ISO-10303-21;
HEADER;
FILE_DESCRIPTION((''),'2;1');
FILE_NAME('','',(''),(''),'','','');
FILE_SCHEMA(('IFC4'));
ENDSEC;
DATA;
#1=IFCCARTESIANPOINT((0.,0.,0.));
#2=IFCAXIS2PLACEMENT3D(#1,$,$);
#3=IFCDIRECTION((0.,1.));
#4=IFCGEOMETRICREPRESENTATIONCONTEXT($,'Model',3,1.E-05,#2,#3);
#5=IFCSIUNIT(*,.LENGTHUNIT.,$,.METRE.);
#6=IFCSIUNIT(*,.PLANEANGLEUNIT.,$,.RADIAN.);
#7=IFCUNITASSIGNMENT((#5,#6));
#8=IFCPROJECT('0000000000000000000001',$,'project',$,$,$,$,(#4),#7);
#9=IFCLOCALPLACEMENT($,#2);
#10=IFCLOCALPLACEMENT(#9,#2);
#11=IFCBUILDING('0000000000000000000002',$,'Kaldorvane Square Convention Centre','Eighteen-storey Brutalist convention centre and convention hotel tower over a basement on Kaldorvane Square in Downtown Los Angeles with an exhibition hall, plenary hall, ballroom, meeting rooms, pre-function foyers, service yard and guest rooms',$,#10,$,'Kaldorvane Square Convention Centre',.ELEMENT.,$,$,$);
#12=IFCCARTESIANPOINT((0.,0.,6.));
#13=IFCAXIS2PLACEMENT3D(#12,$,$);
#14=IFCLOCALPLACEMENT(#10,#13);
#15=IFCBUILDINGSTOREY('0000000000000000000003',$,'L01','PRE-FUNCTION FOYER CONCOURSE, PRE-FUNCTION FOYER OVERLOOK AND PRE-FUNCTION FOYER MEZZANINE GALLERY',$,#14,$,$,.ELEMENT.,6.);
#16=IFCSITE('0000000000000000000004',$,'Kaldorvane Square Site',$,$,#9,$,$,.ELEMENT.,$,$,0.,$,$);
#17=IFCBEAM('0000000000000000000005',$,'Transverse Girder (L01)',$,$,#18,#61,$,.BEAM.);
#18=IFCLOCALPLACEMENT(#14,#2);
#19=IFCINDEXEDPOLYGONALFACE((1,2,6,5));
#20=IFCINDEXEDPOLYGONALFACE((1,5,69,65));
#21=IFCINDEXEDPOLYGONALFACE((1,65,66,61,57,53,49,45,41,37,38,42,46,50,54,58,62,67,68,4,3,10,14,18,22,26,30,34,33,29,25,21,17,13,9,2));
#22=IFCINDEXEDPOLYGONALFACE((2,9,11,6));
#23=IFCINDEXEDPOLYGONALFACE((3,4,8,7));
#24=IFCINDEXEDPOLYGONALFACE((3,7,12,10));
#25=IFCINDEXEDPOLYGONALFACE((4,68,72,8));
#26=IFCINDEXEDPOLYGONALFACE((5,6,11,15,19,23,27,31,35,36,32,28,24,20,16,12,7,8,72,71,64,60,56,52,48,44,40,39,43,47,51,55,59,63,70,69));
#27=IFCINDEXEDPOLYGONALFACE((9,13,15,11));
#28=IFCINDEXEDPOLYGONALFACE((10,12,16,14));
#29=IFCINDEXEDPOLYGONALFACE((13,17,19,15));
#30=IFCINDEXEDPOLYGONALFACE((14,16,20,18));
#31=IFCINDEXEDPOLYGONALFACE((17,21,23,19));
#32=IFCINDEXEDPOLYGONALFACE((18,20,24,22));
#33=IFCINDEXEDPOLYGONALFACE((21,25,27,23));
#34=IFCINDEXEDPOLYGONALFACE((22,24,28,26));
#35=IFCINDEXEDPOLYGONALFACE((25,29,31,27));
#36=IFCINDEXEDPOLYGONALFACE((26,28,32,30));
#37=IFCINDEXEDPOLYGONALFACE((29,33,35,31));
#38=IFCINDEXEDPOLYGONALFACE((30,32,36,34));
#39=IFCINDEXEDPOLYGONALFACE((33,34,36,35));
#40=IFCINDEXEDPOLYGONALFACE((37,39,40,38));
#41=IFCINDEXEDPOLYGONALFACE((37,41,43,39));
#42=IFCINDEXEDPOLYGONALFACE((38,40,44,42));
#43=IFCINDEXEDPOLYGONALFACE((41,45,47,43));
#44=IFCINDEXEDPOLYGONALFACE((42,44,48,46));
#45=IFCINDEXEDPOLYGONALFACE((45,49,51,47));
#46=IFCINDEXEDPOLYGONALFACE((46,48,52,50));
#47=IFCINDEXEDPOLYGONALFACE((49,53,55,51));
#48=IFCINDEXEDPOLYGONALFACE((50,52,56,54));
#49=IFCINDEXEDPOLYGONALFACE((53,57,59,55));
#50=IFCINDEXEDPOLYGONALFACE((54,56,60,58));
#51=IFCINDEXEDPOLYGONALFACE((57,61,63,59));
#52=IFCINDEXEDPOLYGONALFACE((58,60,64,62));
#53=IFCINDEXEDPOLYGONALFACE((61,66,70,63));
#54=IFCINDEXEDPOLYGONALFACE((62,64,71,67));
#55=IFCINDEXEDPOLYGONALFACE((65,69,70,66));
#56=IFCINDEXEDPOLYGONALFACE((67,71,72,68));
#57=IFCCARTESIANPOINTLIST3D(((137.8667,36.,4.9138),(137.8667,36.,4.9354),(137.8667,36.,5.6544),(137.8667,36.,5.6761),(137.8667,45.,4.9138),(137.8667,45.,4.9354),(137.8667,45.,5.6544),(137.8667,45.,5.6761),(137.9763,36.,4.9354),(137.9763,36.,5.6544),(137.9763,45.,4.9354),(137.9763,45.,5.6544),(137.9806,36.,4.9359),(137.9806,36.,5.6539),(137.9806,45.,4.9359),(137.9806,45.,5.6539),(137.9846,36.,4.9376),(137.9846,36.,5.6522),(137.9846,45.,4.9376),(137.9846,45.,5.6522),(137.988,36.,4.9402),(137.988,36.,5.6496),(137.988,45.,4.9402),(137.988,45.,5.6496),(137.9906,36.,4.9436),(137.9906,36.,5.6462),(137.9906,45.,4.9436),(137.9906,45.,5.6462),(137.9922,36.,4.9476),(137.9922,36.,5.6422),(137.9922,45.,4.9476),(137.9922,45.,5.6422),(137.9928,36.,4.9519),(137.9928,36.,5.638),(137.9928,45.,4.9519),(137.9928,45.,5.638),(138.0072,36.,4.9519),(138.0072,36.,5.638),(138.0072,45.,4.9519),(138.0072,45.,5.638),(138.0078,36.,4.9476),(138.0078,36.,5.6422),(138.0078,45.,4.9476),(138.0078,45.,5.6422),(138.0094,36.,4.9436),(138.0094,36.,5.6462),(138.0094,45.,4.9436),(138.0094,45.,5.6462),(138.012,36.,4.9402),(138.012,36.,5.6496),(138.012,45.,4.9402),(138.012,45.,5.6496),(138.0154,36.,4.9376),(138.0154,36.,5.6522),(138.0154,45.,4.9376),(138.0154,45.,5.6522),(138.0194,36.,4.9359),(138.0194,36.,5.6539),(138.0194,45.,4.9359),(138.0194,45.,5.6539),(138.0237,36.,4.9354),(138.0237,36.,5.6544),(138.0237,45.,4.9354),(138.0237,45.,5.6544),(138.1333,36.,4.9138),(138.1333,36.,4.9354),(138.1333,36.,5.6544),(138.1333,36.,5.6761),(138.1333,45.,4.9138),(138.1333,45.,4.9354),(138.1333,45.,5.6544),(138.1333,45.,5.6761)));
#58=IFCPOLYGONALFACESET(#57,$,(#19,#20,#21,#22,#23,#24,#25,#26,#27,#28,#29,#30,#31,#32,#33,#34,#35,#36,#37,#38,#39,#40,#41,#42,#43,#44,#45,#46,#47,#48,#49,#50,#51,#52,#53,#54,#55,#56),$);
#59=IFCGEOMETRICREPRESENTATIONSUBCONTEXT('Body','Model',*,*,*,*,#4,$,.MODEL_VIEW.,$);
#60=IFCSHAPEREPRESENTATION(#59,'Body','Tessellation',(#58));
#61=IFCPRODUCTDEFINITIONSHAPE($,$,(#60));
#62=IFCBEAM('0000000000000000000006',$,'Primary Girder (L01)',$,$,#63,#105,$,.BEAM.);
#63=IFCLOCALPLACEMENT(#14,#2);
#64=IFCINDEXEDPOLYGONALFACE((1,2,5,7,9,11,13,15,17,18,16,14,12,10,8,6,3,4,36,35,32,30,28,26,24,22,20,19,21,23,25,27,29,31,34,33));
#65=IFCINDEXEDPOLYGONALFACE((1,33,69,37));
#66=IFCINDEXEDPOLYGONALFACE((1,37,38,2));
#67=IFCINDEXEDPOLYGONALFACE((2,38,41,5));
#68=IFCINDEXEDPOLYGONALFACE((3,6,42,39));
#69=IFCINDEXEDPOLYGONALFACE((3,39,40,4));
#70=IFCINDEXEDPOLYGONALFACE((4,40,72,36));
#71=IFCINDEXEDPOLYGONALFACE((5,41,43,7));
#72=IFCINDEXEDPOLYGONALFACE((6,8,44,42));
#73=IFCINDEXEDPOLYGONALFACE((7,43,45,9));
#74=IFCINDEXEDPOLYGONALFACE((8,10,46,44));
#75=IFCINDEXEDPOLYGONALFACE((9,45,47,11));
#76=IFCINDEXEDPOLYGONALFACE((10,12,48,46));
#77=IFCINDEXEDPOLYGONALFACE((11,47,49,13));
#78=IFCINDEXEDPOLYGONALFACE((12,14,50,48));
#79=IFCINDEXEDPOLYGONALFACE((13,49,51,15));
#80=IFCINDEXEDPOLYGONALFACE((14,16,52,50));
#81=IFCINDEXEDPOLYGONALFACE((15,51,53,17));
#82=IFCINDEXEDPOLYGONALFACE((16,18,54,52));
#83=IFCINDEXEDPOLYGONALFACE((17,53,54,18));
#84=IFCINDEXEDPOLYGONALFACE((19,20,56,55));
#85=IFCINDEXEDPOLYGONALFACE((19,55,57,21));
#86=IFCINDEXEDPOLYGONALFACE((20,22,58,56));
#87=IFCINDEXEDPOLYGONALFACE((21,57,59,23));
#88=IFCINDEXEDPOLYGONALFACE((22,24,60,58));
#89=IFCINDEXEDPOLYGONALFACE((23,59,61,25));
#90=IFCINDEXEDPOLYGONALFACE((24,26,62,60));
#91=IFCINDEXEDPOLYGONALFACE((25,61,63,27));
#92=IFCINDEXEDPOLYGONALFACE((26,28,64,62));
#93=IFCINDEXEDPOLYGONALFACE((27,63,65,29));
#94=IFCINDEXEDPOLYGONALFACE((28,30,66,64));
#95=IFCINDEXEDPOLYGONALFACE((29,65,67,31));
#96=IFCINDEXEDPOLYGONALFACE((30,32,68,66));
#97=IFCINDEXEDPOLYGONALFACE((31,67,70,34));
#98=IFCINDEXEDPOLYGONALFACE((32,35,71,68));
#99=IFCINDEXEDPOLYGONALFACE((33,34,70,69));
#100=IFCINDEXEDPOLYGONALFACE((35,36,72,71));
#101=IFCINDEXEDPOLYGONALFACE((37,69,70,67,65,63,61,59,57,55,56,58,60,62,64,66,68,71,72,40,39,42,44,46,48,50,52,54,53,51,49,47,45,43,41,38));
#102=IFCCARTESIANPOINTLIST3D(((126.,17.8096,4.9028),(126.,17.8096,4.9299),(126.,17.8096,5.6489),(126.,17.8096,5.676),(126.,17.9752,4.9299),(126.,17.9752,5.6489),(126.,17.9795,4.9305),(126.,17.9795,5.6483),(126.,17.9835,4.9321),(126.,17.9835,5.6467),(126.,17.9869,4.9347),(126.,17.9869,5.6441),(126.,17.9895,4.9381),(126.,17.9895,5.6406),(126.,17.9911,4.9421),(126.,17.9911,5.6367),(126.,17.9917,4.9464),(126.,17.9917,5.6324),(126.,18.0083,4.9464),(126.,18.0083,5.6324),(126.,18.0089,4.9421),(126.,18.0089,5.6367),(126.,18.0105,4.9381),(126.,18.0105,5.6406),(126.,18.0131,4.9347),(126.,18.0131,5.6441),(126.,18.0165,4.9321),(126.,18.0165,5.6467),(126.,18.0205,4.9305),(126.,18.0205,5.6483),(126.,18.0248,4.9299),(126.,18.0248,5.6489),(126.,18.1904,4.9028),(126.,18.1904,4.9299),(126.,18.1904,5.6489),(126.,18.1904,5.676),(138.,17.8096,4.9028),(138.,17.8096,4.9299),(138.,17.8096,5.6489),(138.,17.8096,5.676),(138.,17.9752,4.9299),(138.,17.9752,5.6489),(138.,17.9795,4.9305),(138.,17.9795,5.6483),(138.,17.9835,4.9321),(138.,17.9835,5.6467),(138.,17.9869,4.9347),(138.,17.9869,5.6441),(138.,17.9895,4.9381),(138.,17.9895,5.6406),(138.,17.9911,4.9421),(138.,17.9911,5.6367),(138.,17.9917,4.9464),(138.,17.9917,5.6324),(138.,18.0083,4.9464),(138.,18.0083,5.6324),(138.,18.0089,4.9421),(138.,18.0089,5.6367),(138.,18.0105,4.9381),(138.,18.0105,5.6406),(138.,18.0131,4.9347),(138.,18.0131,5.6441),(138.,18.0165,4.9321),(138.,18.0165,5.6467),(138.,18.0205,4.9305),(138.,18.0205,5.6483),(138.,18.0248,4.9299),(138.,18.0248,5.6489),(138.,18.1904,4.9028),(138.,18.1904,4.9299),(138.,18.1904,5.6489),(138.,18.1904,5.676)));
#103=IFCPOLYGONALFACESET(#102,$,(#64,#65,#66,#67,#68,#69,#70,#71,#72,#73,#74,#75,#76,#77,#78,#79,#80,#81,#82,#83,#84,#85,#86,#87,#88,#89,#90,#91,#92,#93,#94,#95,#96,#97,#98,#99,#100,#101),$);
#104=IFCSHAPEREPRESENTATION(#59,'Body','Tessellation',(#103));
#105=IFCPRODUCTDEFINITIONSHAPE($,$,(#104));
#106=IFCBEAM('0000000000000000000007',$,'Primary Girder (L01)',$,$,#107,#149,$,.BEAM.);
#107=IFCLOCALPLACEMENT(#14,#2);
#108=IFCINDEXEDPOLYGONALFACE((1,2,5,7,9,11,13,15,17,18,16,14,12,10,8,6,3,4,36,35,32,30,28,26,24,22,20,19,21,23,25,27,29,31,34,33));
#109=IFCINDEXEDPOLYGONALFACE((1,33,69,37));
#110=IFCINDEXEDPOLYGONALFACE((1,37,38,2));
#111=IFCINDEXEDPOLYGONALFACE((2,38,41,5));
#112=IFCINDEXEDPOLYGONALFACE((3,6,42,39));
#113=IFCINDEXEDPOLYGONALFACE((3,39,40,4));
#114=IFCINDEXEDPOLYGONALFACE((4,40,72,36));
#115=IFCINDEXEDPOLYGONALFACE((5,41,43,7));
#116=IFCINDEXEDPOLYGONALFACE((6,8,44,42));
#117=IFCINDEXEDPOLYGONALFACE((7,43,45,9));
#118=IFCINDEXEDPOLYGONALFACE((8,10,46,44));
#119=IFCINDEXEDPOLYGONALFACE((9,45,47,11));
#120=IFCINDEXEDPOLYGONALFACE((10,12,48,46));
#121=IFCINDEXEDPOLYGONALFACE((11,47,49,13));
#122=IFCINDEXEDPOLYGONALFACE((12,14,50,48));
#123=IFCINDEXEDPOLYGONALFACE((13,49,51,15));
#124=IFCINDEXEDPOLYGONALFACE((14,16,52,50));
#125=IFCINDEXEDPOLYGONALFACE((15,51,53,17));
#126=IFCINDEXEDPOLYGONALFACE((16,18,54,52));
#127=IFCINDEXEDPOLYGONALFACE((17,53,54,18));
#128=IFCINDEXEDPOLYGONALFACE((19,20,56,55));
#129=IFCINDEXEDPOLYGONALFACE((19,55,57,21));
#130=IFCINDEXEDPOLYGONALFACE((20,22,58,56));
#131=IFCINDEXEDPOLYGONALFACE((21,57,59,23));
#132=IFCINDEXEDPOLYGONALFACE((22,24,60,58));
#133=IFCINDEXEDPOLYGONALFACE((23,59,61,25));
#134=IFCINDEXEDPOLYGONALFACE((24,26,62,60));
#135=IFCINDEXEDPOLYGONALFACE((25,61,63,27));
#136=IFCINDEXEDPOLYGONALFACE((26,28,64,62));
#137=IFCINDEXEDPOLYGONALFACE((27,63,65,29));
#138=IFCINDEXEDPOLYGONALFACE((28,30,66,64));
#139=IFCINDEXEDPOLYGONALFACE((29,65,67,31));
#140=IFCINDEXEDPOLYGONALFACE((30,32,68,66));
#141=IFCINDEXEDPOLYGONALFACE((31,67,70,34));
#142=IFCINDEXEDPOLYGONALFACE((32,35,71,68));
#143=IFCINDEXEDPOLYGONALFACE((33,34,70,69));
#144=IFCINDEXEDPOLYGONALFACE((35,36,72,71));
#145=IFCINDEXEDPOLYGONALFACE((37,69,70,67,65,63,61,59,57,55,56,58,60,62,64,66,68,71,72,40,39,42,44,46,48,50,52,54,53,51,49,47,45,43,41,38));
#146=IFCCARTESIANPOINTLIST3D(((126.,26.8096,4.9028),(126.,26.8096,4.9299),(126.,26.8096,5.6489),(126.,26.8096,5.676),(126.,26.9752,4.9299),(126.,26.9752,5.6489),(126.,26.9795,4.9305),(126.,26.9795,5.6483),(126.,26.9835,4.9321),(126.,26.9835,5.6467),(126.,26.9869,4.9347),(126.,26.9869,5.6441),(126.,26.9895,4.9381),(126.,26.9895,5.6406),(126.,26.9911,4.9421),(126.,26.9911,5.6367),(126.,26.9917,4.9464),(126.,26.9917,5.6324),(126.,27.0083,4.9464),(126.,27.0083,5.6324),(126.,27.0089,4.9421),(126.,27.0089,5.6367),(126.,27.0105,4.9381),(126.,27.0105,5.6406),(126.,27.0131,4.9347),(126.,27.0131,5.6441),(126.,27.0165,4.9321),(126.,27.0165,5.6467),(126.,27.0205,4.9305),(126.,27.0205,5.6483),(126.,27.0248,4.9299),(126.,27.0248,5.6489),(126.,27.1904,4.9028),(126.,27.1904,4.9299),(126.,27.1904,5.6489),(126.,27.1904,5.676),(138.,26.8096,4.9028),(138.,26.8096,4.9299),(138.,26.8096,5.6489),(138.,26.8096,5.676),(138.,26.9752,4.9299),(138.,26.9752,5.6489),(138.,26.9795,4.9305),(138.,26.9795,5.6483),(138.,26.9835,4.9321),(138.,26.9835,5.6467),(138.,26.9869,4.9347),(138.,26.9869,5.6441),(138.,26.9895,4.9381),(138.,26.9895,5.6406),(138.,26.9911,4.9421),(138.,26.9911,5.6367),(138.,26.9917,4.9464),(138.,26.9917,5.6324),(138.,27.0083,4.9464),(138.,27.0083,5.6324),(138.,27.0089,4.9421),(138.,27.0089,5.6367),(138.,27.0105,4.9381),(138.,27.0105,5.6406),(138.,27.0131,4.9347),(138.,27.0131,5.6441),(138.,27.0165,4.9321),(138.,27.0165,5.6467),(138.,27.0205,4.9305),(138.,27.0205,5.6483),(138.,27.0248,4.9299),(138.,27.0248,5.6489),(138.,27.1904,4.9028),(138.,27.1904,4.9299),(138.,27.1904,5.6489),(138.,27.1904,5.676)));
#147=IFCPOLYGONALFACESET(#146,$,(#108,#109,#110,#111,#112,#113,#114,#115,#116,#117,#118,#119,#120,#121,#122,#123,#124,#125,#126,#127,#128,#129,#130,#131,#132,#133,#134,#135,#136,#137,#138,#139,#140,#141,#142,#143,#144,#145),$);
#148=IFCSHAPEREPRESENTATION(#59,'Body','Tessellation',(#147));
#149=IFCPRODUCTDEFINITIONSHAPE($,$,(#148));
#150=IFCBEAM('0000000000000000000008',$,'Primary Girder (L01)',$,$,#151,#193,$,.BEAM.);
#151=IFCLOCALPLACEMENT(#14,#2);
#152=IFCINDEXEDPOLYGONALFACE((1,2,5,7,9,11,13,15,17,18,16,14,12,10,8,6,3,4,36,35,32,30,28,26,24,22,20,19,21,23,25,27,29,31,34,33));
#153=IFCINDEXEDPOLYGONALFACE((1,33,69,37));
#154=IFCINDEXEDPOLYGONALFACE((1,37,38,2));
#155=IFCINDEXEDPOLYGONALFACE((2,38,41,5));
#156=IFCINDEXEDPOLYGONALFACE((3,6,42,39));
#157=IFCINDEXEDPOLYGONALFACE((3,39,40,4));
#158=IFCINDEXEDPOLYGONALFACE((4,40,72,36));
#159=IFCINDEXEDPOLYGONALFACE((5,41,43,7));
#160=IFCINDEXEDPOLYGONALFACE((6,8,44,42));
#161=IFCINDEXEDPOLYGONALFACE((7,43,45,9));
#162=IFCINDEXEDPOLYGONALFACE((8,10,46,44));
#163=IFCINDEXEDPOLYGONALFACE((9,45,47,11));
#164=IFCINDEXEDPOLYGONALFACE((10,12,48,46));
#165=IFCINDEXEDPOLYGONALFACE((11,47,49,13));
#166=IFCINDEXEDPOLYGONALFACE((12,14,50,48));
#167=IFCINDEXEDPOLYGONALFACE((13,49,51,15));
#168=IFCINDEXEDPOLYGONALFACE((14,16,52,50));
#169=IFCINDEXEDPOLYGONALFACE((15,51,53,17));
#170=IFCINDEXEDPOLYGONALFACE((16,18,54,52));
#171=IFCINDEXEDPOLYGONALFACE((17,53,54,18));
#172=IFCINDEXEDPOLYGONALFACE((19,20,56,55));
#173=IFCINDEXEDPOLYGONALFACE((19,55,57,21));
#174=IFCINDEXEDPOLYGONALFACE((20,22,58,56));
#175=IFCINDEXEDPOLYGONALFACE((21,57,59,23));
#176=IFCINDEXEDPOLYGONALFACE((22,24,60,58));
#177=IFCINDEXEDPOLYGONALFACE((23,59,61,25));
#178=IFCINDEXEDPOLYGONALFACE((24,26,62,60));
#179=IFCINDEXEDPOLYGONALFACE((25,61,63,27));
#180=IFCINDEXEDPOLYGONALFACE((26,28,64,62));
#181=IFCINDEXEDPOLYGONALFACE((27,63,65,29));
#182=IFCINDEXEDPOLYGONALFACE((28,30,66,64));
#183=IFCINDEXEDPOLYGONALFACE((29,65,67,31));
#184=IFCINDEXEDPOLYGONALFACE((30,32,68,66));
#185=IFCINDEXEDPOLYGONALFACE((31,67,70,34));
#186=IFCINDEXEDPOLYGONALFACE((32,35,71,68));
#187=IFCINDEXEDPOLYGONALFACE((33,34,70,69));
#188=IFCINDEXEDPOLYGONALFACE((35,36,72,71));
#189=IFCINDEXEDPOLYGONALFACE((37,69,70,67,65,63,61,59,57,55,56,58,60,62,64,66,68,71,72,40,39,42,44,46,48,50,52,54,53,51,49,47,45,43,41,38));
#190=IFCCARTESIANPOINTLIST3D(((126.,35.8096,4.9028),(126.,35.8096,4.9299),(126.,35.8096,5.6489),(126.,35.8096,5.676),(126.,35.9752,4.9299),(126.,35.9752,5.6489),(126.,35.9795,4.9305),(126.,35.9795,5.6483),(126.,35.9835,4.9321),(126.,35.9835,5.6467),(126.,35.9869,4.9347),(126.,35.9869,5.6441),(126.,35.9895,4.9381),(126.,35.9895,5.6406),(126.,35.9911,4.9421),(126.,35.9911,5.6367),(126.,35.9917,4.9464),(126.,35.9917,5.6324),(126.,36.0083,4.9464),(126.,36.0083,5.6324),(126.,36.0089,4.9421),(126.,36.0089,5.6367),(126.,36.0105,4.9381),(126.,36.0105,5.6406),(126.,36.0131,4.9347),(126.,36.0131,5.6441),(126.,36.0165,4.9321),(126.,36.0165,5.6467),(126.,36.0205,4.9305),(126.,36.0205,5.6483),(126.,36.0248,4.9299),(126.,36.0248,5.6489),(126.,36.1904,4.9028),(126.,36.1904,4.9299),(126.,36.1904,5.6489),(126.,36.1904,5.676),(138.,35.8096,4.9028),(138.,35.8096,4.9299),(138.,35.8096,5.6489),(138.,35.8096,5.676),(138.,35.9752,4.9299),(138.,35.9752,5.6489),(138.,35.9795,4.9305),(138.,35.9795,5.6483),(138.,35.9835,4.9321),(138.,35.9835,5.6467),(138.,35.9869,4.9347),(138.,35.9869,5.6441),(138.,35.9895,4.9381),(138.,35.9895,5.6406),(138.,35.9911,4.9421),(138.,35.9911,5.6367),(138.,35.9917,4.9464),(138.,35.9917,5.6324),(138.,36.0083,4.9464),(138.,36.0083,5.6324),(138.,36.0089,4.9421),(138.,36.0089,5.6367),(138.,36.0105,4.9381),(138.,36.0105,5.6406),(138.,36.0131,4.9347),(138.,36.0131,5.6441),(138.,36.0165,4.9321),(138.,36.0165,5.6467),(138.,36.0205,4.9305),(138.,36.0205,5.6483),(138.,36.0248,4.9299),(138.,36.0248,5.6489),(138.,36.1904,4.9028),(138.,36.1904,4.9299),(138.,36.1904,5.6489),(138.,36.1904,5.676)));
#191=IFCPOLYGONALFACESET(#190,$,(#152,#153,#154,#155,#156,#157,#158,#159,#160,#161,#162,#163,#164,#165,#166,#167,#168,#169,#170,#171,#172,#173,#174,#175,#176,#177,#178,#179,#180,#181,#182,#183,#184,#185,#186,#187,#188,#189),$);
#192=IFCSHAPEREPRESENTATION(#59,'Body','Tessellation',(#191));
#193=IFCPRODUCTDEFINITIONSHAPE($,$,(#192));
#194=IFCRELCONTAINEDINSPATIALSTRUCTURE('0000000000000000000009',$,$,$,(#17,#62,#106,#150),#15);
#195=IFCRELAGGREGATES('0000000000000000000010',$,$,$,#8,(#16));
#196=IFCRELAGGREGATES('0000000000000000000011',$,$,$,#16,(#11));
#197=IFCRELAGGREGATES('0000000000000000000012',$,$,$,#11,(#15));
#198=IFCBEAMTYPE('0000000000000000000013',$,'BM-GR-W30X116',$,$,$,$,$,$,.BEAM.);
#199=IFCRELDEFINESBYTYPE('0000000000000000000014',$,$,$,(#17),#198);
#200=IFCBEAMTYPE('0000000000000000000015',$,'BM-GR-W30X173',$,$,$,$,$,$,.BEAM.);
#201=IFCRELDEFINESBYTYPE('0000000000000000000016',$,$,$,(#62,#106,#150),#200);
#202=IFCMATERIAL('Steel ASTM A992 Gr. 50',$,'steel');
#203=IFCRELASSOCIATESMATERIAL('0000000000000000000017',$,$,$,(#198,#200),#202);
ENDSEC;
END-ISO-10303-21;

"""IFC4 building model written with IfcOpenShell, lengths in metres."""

from ifc_helpers import new_model, si_unit, direction, frame, origin, origin_2d, place, context, subcontext, project, spatial, i_section, extrude, material, material_profile, profile_set, type_object, element, save


model = new_model("IFC4")

# Units and contexts
model_context = context("Model", 3, precision=1e-05, world=origin(), true_north=direction((0.0, 1.0)))
body_context = subcontext(model_context, "Body", "Model", "MODEL_VIEW")
ifc_project = project(units=[si_unit("LENGTHUNIT", "METRE"), si_unit("PLANEANGLEUNIT", "RADIAN")], contexts=[model_context])

# Site, building, storey
site_placement = place(None, origin())
site = spatial("IfcSite", under=ifc_project, at=site_placement, Name="Kaldorvane Square Site", CompositionType="ELEMENT", RefElevation=0.0)
building_placement = place(site_placement, origin())
building = spatial("IfcBuilding", under=site, at=building_placement, Name="Kaldorvane Square Convention Centre", Description="Eighteen-storey Brutalist convention centre and convention hotel tower over a basement on Kaldorvane Square in Downtown Los Angeles with an exhibition hall, plenary hall, ballroom, meeting rooms, pre-function foyers, service yard and guest rooms", LongName="Kaldorvane Square Convention Centre", CompositionType="ELEMENT")
storey_placement = place(building_placement, frame((0.0, 0.0, 6.0)))
storey = spatial("IfcBuildingStorey", under=building, at=storey_placement, Name="L01", Description="PRE-FUNCTION FOYER CONCOURSE, PRE-FUNCTION FOYER OVERLOOK AND PRE-FUNCTION FOYER MEZZANINE GALLERY", CompositionType="ELEMENT", Elevation=6.0)

# Shared definitions
ifc_material_1 = material(Name="Steel ASTM A992 Gr. 50", Category="steel")

# Beams
ifc_material_profile_1 = material_profile(ifc_material_1, i_section(OverallWidth=0.2666, OverallDepth=0.7623, WebThickness=0.0144, FlangeThickness=0.0216, FilletRadius=0.0165, at=origin_2d()), Name="W30X116")
ifc_profile_set_1 = profile_set([ifc_material_profile_1], Name="Steel ASTM A992 Gr. 50")
beam_type_1 = type_object("IfcBeamType", Name="BM-GR-W30X116", PredefinedType="BEAM", material=ifc_profile_set_1)
for number, where, z_axis, x_axis, name in (
    (1, (138.0, 36.0, 5.2949), (0.0, 1.0, 0.0), (-1.0, 0.0, 0.0), "Transverse Girder (L01)"),
):
    element("IfcBeam", number, at=place(storey_placement, frame(where, z_axis=z_axis, x_axis=x_axis)), inside=storey, type_object=beam_type_1, Name=name, PredefinedType="BEAM", context=body_context, shape_type="SweptSolid", body=[
        extrude(i_section(OverallWidth=0.2666, OverallDepth=0.7623, WebThickness=0.0144, FlangeThickness=0.0216, FilletRadius=0.0165, at=origin_2d()), origin(), (0.0, 0.0, 1.0), 9.0),
    ])
ifc_material_profile_2 = material_profile(ifc_material_1, i_section(OverallWidth=0.3807, OverallDepth=0.7732, WebThickness=0.0166, FlangeThickness=0.0271, FilletRadius=0.0165, at=origin_2d()), Name="W30X173")
ifc_profile_set_2 = profile_set([ifc_material_profile_2], Name="Steel ASTM A992 Gr. 50")
beam_type_2 = type_object("IfcBeamType", Name="BM-GR-W30X173", PredefinedType="BEAM", material=ifc_profile_set_2)
for number, where, z_axis, x_axis, name in (
    (2, (126.0, 18.0, 5.2894), (1.0, 0.0, 0.0), (0.0, 1.0, 0.0), "Primary Girder (L01)"),
    (3, (126.0, 27.0, 5.2894), (1.0, 0.0, 0.0), (0.0, 1.0, 0.0), "Primary Girder (L01)"),
    (4, (126.0, 36.0, 5.2894), (1.0, 0.0, 0.0), (0.0, 1.0, 0.0), "Primary Girder (L01)"),
):
    element("IfcBeam", number, at=place(storey_placement, frame(where, z_axis=z_axis, x_axis=x_axis)), inside=storey, type_object=beam_type_2, Name=name, PredefinedType="BEAM", context=body_context, shape_type="SweptSolid", body=[
        extrude(i_section(OverallWidth=0.3807, OverallDepth=0.7732, WebThickness=0.0166, FlangeThickness=0.0271, FilletRadius=0.0165, at=origin_2d()), origin(), (0.0, 0.0, 1.0), 12.0),
    ])

save(model, "model.ifc")
